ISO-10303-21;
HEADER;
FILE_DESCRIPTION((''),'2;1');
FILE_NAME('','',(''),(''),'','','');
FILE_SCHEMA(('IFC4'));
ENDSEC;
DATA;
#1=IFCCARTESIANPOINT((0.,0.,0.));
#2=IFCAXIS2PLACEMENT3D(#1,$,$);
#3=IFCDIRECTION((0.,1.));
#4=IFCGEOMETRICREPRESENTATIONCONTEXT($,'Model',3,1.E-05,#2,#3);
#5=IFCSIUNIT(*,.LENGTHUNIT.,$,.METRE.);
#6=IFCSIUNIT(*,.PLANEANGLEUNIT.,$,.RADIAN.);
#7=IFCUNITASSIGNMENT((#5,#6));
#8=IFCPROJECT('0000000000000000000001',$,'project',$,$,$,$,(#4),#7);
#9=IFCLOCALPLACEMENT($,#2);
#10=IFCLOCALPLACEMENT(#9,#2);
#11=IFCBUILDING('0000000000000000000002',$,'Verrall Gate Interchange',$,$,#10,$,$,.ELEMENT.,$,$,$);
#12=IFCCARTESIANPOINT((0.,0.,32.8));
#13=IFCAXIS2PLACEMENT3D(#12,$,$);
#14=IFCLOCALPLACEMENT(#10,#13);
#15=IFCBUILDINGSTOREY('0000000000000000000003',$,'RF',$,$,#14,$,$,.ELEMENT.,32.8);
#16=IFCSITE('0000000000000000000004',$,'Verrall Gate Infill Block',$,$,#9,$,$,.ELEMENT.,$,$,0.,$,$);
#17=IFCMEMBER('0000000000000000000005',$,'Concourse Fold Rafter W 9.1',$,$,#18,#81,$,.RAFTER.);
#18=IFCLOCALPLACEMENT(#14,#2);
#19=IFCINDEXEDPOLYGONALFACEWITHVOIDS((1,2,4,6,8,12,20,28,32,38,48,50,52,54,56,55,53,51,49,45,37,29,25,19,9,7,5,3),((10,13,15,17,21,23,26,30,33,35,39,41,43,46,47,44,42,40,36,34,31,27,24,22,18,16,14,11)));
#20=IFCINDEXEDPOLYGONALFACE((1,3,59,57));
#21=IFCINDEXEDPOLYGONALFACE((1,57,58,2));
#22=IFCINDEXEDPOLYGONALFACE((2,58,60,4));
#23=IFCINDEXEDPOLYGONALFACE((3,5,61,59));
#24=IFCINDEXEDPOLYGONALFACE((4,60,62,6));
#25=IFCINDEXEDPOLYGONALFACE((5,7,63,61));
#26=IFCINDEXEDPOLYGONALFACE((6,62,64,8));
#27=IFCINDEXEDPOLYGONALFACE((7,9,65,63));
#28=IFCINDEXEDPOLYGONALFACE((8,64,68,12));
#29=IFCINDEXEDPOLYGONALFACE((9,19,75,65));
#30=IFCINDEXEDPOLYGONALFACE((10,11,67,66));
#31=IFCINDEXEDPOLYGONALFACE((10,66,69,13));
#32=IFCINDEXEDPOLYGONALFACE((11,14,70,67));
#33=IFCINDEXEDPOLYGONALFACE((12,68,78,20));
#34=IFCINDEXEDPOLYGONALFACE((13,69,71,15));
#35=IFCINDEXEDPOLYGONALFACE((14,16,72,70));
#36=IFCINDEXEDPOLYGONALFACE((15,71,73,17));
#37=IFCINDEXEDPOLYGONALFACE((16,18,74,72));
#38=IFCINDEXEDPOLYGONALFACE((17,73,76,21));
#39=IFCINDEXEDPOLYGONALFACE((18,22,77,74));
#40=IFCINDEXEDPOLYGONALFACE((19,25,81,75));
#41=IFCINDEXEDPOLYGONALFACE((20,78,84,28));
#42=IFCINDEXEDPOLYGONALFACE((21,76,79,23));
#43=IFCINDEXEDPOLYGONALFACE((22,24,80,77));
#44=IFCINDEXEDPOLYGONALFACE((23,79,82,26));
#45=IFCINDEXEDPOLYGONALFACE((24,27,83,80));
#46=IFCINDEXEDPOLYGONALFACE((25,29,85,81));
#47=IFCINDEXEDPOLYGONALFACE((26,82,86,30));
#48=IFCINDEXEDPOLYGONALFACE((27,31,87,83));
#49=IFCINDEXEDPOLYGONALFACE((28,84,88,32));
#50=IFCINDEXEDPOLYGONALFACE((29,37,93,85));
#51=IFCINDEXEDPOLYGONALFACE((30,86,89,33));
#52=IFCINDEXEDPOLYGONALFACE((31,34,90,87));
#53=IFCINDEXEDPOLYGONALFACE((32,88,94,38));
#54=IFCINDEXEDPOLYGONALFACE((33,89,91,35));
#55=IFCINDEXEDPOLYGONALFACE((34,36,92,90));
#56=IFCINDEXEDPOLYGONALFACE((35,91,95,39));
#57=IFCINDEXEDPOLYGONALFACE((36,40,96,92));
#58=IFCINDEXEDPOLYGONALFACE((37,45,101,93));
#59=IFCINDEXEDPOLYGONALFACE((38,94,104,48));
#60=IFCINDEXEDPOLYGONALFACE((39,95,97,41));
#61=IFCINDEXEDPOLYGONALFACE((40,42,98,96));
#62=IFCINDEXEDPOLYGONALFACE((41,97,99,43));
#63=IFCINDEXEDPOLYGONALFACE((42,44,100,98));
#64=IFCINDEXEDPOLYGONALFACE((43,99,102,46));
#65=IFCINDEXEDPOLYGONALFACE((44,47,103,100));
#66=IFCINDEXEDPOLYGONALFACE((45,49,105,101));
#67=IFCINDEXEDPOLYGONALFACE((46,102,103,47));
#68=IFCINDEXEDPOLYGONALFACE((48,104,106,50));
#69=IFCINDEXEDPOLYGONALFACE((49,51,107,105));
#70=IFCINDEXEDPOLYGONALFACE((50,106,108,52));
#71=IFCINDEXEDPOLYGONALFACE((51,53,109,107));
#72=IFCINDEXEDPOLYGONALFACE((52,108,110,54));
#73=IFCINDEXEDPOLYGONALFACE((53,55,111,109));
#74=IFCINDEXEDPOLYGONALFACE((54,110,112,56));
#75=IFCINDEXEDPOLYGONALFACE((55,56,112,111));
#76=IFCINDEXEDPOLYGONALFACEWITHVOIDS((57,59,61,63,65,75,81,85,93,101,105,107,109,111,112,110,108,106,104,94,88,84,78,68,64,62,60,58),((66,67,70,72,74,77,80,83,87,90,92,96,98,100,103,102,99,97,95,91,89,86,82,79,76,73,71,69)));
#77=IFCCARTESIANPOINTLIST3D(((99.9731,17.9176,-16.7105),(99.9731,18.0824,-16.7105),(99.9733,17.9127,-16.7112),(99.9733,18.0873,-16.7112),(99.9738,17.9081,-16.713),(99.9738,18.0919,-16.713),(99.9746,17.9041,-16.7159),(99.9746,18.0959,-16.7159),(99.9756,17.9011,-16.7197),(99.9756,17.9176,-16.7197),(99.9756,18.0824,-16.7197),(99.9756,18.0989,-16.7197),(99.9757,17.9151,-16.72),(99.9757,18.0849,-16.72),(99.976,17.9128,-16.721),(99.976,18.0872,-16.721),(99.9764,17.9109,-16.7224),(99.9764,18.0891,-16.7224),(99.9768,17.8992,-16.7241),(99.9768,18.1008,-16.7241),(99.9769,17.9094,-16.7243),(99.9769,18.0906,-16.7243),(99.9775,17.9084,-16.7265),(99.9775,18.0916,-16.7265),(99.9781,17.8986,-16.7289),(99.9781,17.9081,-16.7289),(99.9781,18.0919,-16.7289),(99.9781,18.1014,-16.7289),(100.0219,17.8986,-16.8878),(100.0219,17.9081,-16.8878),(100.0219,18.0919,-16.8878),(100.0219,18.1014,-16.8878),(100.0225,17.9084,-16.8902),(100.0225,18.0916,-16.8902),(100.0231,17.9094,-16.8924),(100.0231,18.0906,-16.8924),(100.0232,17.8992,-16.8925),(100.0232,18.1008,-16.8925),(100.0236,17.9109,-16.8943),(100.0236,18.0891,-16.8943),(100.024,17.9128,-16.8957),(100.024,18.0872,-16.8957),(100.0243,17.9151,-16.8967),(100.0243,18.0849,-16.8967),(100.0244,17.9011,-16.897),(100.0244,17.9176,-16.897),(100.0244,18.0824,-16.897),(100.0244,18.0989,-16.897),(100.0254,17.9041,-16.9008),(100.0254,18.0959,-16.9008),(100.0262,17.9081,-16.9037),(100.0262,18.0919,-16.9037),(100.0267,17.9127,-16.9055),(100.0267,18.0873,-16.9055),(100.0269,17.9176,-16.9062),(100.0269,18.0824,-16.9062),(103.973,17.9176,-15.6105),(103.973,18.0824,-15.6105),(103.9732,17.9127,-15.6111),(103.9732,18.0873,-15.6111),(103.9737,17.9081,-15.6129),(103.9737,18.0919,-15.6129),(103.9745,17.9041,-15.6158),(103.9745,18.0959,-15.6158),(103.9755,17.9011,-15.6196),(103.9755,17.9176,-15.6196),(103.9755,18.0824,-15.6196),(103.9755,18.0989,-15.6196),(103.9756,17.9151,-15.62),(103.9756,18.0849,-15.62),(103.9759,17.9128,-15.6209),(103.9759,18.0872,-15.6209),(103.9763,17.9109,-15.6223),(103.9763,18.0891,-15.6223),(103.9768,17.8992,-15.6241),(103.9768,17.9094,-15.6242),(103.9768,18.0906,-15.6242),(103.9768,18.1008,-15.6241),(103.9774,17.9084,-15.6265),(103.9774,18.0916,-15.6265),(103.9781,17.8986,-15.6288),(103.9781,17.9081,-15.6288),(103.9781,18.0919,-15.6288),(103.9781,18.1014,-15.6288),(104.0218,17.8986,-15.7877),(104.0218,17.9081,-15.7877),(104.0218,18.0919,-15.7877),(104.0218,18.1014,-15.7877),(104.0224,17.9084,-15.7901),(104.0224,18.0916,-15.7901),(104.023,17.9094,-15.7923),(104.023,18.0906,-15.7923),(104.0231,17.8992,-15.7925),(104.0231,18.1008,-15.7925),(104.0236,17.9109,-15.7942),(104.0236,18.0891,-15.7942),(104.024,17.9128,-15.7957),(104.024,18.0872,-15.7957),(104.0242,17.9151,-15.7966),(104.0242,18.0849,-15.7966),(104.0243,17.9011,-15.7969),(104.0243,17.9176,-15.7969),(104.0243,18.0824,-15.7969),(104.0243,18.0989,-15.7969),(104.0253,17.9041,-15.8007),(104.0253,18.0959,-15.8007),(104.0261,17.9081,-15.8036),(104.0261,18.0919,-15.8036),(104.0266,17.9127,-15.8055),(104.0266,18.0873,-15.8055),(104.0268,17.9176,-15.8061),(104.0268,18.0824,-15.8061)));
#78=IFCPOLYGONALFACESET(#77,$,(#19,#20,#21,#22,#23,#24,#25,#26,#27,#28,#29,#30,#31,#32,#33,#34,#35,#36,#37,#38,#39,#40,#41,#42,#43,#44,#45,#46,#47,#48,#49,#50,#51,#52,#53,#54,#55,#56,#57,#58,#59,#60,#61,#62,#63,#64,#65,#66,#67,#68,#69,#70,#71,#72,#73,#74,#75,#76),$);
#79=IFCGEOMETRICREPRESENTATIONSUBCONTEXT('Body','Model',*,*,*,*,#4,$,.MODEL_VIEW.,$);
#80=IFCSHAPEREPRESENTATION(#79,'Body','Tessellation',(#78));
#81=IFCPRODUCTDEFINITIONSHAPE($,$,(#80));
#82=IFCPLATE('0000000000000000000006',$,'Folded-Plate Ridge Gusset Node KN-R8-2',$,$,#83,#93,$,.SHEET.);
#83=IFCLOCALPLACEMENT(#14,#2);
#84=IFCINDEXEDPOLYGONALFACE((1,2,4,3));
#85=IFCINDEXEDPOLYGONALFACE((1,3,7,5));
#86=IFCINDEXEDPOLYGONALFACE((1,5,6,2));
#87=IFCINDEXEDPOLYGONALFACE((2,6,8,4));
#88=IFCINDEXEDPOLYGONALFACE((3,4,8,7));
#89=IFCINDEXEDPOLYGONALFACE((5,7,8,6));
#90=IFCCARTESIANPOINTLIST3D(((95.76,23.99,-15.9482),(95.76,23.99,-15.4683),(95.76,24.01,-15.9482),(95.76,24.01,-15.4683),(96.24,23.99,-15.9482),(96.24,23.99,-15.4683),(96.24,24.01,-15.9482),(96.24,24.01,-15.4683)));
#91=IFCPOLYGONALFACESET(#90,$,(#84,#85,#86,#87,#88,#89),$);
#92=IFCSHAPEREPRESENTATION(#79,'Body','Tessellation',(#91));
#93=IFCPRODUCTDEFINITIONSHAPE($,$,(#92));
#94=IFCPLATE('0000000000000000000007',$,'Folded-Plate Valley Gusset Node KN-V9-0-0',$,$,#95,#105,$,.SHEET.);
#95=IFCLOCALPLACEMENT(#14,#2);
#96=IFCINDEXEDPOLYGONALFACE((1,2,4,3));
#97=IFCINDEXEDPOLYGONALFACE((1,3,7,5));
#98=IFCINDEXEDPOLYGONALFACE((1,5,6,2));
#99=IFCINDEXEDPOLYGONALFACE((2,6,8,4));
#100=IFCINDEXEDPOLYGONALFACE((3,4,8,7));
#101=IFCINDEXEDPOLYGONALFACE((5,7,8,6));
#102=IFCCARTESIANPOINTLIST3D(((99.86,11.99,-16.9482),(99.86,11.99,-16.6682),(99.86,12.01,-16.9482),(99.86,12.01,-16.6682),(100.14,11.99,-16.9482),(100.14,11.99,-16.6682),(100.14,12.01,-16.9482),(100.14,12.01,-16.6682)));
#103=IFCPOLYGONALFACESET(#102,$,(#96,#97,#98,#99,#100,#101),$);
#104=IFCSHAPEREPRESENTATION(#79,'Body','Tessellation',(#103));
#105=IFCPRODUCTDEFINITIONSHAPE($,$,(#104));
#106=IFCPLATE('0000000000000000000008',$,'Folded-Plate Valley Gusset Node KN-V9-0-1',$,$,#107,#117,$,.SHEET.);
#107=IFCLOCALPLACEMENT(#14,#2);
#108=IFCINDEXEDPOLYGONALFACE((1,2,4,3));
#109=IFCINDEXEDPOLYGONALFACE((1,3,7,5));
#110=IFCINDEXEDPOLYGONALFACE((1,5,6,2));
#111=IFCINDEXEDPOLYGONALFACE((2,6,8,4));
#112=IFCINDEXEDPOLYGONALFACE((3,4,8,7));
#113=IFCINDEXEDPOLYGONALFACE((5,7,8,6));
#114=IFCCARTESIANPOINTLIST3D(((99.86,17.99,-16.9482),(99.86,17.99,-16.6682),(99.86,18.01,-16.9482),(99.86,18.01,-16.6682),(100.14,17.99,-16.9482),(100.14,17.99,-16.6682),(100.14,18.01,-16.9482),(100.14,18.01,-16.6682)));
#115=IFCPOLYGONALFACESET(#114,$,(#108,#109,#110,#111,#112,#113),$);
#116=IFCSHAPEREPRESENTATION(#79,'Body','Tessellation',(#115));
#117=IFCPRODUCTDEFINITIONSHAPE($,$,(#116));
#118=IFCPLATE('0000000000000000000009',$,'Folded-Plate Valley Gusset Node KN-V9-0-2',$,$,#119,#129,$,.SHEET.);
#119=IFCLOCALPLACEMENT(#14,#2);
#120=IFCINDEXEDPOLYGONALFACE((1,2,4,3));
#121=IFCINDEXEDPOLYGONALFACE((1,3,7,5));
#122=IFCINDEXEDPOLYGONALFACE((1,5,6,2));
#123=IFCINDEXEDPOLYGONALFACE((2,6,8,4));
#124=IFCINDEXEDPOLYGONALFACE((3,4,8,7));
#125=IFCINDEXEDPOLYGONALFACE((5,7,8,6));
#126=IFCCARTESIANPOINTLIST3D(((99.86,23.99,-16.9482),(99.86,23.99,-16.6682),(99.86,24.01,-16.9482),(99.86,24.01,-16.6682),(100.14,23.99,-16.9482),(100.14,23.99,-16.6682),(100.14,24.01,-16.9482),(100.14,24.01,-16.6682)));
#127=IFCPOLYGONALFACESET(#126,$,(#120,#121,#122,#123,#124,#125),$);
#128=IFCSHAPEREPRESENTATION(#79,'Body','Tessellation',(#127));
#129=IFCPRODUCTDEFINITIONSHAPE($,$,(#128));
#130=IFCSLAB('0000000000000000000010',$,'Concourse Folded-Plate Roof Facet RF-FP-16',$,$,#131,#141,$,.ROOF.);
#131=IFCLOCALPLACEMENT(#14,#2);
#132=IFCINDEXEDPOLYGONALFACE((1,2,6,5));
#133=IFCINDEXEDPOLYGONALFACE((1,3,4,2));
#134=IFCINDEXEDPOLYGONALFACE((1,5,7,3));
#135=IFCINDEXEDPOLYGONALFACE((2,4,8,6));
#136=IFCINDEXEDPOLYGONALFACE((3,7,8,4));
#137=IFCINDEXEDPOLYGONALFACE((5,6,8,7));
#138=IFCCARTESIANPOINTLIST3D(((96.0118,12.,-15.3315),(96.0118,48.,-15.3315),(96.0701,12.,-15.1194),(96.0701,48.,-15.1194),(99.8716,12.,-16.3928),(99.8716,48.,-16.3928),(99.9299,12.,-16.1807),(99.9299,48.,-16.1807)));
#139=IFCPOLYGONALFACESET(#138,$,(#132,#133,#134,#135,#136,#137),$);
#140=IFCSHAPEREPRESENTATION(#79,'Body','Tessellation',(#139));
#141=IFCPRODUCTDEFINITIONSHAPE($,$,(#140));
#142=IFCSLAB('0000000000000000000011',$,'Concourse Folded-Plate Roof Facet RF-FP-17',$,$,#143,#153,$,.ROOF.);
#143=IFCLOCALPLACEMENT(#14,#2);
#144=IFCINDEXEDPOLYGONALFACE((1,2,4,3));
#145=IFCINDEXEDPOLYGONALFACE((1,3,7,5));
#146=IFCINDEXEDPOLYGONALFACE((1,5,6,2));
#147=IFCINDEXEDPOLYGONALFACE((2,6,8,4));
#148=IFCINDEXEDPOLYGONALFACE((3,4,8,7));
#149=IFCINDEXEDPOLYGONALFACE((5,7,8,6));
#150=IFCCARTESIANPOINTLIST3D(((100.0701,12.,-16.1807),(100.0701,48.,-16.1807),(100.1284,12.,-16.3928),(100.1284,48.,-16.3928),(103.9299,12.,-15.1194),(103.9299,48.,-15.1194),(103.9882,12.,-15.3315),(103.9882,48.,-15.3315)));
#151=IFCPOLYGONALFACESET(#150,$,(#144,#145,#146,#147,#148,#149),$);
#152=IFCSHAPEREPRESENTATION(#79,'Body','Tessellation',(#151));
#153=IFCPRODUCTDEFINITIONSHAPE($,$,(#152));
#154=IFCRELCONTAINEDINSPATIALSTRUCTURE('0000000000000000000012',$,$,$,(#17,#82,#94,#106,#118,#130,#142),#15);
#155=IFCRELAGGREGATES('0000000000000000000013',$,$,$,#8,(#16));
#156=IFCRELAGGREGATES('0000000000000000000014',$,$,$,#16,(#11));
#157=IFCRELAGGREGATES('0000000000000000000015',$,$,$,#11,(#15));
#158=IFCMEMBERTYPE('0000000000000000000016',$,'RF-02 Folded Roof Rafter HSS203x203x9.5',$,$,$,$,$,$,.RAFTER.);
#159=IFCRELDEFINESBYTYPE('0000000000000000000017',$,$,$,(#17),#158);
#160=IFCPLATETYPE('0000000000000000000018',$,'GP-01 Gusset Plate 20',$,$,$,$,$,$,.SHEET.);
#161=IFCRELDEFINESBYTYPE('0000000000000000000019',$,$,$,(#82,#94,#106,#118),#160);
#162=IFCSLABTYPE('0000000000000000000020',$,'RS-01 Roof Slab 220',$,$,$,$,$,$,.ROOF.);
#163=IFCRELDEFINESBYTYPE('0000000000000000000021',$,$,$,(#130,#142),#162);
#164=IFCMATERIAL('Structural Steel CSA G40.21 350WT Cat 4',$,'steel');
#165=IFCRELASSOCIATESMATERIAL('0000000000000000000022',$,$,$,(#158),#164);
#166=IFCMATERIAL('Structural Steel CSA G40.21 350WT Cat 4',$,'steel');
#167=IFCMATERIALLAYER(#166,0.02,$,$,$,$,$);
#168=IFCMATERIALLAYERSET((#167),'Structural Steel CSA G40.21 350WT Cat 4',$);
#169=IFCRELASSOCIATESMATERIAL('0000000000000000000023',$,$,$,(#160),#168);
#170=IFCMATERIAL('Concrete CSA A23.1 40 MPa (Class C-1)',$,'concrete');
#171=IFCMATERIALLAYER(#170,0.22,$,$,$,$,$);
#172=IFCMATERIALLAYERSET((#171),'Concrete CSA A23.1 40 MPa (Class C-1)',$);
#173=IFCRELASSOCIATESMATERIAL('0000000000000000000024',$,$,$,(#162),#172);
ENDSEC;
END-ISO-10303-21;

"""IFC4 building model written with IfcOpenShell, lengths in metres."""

from ifc_helpers import new_model, si_unit, direction, frame, origin, origin_2d, place, context, subcontext, project, spatial, polyline, rectangle, hollow_rectangle, outline, extrude, material, layer, layer_set, material_profile, profile_set, type_object, element, save


model = new_model("IFC4")

# Units and contexts
model_context = context("Model", 3, precision=1e-05, world=origin(), true_north=direction((0.0, 1.0)))
body_context = subcontext(model_context, "Body", "Model", "MODEL_VIEW")
ifc_project = project(units=[si_unit("LENGTHUNIT", "METRE"), si_unit("PLANEANGLEUNIT", "RADIAN")], contexts=[model_context])

# Site, building, storey
site_placement = place(None, origin())
site = spatial("IfcSite", under=ifc_project, at=site_placement, Name="Verrall Gate Infill Block", CompositionType="ELEMENT", RefElevation=0.0)
building_placement = place(site_placement, origin())
building = spatial("IfcBuilding", under=site, at=building_placement, Name="Verrall Gate Interchange", CompositionType="ELEMENT")
storey_placement = place(building_placement, frame((0.0, 0.0, 32.8)))
storey = spatial("IfcBuildingStorey", under=building, at=storey_placement, Name="RF", CompositionType="ELEMENT", Elevation=32.8)

# Member
ifc_material_1 = material(Name="Structural Steel CSA G40.21 350WT Cat 4", Category="steel")
ifc_material_profile_1 = material_profile(ifc_material_1, hollow_rectangle(XDim=0.2029, YDim=0.2029, WallThickness=0.0095, InnerFilletRadius=0.0095, OuterFilletRadius=0.019, at=origin_2d()), Name="HSS203x203x9.5")
ifc_profile_set_1 = profile_set([ifc_material_profile_1], Name="Structural Steel CSA G40.21 350WT Cat 4")
member_type_1 = type_object("IfcMemberType", Name="RF-02 Folded Roof Rafter HSS203x203x9.5", PredefinedType="RAFTER", material=ifc_profile_set_1)
member_1_placement = place(storey_placement, frame((100.0, 18.0, -16.8083), z_axis=(0.964199, 0.0, 0.265178), x_axis=(0.0, 1.0, 0.0)))
element("IfcMember", 1, at=member_1_placement, inside=storey, type_object=member_type_1, Name="Concourse Fold Rafter W 9.1", PredefinedType="RAFTER", context=body_context, shape_type="SweptSolid", body=[
    extrude(hollow_rectangle(XDim=0.2029, YDim=0.2029, WallThickness=0.0095, InnerFilletRadius=0.0095, OuterFilletRadius=0.019, at=origin_2d()), origin(), (0.0, 0.0, 1.0), 4.1484),
])

# Plates
ifc_material_2 = material(Name="Structural Steel CSA G40.21 350WT Cat 4", Category="steel")
ifc_layer_1 = layer(ifc_material_2, 0.02)
ifc_layer_set_1 = layer_set([ifc_layer_1], Name="Structural Steel CSA G40.21 350WT Cat 4")
plate_type = type_object("IfcPlateType", Name="GP-01 Gusset Plate 20", PredefinedType="SHEET", material=ifc_layer_set_1)
plate_placement = place(storey_placement, frame((96.0, 24.0, -15.9482), z_axis=(0.0, 0.0, 1.0), x_axis=(1.0, 0.0, 0.0)))
element("IfcPlate", 2, at=plate_placement, inside=storey, type_object=plate_type, Name="Folded-Plate Ridge Gusset Node KN-R8-2", PredefinedType="SHEET", context=body_context, shape_type="SweptSolid", body=[
    extrude(rectangle(XDim=0.48, YDim=0.02, at=origin_2d()), origin(), (0.0, 0.0, 1.0), 0.48),
])
for number, where, z_axis, x_axis, name in (
    (3, (100.0, 12.0, -16.9482), (0.0, 0.0, 1.0), (1.0, 0.0, 0.0), "Folded-Plate Valley Gusset Node KN-V9-0-0"),
    (4, (100.0, 18.0, -16.9482), (0.0, 0.0, 1.0), (1.0, 0.0, 0.0), "Folded-Plate Valley Gusset Node KN-V9-0-1"),
    (5, (100.0, 24.0, -16.9482), (0.0, 0.0, 1.0), (1.0, 0.0, 0.0), "Folded-Plate Valley Gusset Node KN-V9-0-2"),
):
    element("IfcPlate", number, at=place(storey_placement, frame(where, z_axis=z_axis, x_axis=x_axis)), inside=storey, type_object=plate_type, Name=name, PredefinedType="SHEET", context=body_context, shape_type="SweptSolid", body=[
        extrude(rectangle(XDim=0.28, YDim=0.02, at=origin_2d()), origin(), (0.0, 0.0, 1.0), 0.28),
    ])

# Slabs
ifc_material_3 = material(Name="Concrete CSA A23.1 40 MPa (Class C-1)", Category="concrete")
ifc_layer_2 = layer(ifc_material_3, 0.22)
ifc_layer_set_2 = layer_set([ifc_layer_2], Name="Concrete CSA A23.1 40 MPa (Class C-1)")
slab_type = type_object("IfcSlabType", Name="RS-01 Roof Slab 220", PredefinedType="ROOF", material=ifc_layer_set_2)
for number, where, z_axis, x_axis, name in (
    (6, (96.0701, 12.0, -15.1194), (0.265114, 0.0, 0.964217), (0.964217, 0.0, -0.265114), "Concourse Folded-Plate Roof Facet RF-FP-16"),
    (7, (100.0701, 12.0, -16.1807), (-0.265114, 0.0, 0.964217), (0.964217, 0.0, 0.265114), "Concourse Folded-Plate Roof Facet RF-FP-17"),
):
    element("IfcSlab", number, at=place(storey_placement, frame(where, z_axis=z_axis, x_axis=x_axis)), inside=storey, type_object=slab_type, Name=name, PredefinedType="ROOF", context=body_context, shape_type="SweptSolid", body=[
        extrude(outline(polyline([(0.0, 0.0), (4.0031, 0.0), (4.0031, 36.0), (0.0, 36.0), (0.0, 0.0)])), origin(), (0.0, 0.0, -1.0), 0.22),
    ])

save(model, "model.ifc")
